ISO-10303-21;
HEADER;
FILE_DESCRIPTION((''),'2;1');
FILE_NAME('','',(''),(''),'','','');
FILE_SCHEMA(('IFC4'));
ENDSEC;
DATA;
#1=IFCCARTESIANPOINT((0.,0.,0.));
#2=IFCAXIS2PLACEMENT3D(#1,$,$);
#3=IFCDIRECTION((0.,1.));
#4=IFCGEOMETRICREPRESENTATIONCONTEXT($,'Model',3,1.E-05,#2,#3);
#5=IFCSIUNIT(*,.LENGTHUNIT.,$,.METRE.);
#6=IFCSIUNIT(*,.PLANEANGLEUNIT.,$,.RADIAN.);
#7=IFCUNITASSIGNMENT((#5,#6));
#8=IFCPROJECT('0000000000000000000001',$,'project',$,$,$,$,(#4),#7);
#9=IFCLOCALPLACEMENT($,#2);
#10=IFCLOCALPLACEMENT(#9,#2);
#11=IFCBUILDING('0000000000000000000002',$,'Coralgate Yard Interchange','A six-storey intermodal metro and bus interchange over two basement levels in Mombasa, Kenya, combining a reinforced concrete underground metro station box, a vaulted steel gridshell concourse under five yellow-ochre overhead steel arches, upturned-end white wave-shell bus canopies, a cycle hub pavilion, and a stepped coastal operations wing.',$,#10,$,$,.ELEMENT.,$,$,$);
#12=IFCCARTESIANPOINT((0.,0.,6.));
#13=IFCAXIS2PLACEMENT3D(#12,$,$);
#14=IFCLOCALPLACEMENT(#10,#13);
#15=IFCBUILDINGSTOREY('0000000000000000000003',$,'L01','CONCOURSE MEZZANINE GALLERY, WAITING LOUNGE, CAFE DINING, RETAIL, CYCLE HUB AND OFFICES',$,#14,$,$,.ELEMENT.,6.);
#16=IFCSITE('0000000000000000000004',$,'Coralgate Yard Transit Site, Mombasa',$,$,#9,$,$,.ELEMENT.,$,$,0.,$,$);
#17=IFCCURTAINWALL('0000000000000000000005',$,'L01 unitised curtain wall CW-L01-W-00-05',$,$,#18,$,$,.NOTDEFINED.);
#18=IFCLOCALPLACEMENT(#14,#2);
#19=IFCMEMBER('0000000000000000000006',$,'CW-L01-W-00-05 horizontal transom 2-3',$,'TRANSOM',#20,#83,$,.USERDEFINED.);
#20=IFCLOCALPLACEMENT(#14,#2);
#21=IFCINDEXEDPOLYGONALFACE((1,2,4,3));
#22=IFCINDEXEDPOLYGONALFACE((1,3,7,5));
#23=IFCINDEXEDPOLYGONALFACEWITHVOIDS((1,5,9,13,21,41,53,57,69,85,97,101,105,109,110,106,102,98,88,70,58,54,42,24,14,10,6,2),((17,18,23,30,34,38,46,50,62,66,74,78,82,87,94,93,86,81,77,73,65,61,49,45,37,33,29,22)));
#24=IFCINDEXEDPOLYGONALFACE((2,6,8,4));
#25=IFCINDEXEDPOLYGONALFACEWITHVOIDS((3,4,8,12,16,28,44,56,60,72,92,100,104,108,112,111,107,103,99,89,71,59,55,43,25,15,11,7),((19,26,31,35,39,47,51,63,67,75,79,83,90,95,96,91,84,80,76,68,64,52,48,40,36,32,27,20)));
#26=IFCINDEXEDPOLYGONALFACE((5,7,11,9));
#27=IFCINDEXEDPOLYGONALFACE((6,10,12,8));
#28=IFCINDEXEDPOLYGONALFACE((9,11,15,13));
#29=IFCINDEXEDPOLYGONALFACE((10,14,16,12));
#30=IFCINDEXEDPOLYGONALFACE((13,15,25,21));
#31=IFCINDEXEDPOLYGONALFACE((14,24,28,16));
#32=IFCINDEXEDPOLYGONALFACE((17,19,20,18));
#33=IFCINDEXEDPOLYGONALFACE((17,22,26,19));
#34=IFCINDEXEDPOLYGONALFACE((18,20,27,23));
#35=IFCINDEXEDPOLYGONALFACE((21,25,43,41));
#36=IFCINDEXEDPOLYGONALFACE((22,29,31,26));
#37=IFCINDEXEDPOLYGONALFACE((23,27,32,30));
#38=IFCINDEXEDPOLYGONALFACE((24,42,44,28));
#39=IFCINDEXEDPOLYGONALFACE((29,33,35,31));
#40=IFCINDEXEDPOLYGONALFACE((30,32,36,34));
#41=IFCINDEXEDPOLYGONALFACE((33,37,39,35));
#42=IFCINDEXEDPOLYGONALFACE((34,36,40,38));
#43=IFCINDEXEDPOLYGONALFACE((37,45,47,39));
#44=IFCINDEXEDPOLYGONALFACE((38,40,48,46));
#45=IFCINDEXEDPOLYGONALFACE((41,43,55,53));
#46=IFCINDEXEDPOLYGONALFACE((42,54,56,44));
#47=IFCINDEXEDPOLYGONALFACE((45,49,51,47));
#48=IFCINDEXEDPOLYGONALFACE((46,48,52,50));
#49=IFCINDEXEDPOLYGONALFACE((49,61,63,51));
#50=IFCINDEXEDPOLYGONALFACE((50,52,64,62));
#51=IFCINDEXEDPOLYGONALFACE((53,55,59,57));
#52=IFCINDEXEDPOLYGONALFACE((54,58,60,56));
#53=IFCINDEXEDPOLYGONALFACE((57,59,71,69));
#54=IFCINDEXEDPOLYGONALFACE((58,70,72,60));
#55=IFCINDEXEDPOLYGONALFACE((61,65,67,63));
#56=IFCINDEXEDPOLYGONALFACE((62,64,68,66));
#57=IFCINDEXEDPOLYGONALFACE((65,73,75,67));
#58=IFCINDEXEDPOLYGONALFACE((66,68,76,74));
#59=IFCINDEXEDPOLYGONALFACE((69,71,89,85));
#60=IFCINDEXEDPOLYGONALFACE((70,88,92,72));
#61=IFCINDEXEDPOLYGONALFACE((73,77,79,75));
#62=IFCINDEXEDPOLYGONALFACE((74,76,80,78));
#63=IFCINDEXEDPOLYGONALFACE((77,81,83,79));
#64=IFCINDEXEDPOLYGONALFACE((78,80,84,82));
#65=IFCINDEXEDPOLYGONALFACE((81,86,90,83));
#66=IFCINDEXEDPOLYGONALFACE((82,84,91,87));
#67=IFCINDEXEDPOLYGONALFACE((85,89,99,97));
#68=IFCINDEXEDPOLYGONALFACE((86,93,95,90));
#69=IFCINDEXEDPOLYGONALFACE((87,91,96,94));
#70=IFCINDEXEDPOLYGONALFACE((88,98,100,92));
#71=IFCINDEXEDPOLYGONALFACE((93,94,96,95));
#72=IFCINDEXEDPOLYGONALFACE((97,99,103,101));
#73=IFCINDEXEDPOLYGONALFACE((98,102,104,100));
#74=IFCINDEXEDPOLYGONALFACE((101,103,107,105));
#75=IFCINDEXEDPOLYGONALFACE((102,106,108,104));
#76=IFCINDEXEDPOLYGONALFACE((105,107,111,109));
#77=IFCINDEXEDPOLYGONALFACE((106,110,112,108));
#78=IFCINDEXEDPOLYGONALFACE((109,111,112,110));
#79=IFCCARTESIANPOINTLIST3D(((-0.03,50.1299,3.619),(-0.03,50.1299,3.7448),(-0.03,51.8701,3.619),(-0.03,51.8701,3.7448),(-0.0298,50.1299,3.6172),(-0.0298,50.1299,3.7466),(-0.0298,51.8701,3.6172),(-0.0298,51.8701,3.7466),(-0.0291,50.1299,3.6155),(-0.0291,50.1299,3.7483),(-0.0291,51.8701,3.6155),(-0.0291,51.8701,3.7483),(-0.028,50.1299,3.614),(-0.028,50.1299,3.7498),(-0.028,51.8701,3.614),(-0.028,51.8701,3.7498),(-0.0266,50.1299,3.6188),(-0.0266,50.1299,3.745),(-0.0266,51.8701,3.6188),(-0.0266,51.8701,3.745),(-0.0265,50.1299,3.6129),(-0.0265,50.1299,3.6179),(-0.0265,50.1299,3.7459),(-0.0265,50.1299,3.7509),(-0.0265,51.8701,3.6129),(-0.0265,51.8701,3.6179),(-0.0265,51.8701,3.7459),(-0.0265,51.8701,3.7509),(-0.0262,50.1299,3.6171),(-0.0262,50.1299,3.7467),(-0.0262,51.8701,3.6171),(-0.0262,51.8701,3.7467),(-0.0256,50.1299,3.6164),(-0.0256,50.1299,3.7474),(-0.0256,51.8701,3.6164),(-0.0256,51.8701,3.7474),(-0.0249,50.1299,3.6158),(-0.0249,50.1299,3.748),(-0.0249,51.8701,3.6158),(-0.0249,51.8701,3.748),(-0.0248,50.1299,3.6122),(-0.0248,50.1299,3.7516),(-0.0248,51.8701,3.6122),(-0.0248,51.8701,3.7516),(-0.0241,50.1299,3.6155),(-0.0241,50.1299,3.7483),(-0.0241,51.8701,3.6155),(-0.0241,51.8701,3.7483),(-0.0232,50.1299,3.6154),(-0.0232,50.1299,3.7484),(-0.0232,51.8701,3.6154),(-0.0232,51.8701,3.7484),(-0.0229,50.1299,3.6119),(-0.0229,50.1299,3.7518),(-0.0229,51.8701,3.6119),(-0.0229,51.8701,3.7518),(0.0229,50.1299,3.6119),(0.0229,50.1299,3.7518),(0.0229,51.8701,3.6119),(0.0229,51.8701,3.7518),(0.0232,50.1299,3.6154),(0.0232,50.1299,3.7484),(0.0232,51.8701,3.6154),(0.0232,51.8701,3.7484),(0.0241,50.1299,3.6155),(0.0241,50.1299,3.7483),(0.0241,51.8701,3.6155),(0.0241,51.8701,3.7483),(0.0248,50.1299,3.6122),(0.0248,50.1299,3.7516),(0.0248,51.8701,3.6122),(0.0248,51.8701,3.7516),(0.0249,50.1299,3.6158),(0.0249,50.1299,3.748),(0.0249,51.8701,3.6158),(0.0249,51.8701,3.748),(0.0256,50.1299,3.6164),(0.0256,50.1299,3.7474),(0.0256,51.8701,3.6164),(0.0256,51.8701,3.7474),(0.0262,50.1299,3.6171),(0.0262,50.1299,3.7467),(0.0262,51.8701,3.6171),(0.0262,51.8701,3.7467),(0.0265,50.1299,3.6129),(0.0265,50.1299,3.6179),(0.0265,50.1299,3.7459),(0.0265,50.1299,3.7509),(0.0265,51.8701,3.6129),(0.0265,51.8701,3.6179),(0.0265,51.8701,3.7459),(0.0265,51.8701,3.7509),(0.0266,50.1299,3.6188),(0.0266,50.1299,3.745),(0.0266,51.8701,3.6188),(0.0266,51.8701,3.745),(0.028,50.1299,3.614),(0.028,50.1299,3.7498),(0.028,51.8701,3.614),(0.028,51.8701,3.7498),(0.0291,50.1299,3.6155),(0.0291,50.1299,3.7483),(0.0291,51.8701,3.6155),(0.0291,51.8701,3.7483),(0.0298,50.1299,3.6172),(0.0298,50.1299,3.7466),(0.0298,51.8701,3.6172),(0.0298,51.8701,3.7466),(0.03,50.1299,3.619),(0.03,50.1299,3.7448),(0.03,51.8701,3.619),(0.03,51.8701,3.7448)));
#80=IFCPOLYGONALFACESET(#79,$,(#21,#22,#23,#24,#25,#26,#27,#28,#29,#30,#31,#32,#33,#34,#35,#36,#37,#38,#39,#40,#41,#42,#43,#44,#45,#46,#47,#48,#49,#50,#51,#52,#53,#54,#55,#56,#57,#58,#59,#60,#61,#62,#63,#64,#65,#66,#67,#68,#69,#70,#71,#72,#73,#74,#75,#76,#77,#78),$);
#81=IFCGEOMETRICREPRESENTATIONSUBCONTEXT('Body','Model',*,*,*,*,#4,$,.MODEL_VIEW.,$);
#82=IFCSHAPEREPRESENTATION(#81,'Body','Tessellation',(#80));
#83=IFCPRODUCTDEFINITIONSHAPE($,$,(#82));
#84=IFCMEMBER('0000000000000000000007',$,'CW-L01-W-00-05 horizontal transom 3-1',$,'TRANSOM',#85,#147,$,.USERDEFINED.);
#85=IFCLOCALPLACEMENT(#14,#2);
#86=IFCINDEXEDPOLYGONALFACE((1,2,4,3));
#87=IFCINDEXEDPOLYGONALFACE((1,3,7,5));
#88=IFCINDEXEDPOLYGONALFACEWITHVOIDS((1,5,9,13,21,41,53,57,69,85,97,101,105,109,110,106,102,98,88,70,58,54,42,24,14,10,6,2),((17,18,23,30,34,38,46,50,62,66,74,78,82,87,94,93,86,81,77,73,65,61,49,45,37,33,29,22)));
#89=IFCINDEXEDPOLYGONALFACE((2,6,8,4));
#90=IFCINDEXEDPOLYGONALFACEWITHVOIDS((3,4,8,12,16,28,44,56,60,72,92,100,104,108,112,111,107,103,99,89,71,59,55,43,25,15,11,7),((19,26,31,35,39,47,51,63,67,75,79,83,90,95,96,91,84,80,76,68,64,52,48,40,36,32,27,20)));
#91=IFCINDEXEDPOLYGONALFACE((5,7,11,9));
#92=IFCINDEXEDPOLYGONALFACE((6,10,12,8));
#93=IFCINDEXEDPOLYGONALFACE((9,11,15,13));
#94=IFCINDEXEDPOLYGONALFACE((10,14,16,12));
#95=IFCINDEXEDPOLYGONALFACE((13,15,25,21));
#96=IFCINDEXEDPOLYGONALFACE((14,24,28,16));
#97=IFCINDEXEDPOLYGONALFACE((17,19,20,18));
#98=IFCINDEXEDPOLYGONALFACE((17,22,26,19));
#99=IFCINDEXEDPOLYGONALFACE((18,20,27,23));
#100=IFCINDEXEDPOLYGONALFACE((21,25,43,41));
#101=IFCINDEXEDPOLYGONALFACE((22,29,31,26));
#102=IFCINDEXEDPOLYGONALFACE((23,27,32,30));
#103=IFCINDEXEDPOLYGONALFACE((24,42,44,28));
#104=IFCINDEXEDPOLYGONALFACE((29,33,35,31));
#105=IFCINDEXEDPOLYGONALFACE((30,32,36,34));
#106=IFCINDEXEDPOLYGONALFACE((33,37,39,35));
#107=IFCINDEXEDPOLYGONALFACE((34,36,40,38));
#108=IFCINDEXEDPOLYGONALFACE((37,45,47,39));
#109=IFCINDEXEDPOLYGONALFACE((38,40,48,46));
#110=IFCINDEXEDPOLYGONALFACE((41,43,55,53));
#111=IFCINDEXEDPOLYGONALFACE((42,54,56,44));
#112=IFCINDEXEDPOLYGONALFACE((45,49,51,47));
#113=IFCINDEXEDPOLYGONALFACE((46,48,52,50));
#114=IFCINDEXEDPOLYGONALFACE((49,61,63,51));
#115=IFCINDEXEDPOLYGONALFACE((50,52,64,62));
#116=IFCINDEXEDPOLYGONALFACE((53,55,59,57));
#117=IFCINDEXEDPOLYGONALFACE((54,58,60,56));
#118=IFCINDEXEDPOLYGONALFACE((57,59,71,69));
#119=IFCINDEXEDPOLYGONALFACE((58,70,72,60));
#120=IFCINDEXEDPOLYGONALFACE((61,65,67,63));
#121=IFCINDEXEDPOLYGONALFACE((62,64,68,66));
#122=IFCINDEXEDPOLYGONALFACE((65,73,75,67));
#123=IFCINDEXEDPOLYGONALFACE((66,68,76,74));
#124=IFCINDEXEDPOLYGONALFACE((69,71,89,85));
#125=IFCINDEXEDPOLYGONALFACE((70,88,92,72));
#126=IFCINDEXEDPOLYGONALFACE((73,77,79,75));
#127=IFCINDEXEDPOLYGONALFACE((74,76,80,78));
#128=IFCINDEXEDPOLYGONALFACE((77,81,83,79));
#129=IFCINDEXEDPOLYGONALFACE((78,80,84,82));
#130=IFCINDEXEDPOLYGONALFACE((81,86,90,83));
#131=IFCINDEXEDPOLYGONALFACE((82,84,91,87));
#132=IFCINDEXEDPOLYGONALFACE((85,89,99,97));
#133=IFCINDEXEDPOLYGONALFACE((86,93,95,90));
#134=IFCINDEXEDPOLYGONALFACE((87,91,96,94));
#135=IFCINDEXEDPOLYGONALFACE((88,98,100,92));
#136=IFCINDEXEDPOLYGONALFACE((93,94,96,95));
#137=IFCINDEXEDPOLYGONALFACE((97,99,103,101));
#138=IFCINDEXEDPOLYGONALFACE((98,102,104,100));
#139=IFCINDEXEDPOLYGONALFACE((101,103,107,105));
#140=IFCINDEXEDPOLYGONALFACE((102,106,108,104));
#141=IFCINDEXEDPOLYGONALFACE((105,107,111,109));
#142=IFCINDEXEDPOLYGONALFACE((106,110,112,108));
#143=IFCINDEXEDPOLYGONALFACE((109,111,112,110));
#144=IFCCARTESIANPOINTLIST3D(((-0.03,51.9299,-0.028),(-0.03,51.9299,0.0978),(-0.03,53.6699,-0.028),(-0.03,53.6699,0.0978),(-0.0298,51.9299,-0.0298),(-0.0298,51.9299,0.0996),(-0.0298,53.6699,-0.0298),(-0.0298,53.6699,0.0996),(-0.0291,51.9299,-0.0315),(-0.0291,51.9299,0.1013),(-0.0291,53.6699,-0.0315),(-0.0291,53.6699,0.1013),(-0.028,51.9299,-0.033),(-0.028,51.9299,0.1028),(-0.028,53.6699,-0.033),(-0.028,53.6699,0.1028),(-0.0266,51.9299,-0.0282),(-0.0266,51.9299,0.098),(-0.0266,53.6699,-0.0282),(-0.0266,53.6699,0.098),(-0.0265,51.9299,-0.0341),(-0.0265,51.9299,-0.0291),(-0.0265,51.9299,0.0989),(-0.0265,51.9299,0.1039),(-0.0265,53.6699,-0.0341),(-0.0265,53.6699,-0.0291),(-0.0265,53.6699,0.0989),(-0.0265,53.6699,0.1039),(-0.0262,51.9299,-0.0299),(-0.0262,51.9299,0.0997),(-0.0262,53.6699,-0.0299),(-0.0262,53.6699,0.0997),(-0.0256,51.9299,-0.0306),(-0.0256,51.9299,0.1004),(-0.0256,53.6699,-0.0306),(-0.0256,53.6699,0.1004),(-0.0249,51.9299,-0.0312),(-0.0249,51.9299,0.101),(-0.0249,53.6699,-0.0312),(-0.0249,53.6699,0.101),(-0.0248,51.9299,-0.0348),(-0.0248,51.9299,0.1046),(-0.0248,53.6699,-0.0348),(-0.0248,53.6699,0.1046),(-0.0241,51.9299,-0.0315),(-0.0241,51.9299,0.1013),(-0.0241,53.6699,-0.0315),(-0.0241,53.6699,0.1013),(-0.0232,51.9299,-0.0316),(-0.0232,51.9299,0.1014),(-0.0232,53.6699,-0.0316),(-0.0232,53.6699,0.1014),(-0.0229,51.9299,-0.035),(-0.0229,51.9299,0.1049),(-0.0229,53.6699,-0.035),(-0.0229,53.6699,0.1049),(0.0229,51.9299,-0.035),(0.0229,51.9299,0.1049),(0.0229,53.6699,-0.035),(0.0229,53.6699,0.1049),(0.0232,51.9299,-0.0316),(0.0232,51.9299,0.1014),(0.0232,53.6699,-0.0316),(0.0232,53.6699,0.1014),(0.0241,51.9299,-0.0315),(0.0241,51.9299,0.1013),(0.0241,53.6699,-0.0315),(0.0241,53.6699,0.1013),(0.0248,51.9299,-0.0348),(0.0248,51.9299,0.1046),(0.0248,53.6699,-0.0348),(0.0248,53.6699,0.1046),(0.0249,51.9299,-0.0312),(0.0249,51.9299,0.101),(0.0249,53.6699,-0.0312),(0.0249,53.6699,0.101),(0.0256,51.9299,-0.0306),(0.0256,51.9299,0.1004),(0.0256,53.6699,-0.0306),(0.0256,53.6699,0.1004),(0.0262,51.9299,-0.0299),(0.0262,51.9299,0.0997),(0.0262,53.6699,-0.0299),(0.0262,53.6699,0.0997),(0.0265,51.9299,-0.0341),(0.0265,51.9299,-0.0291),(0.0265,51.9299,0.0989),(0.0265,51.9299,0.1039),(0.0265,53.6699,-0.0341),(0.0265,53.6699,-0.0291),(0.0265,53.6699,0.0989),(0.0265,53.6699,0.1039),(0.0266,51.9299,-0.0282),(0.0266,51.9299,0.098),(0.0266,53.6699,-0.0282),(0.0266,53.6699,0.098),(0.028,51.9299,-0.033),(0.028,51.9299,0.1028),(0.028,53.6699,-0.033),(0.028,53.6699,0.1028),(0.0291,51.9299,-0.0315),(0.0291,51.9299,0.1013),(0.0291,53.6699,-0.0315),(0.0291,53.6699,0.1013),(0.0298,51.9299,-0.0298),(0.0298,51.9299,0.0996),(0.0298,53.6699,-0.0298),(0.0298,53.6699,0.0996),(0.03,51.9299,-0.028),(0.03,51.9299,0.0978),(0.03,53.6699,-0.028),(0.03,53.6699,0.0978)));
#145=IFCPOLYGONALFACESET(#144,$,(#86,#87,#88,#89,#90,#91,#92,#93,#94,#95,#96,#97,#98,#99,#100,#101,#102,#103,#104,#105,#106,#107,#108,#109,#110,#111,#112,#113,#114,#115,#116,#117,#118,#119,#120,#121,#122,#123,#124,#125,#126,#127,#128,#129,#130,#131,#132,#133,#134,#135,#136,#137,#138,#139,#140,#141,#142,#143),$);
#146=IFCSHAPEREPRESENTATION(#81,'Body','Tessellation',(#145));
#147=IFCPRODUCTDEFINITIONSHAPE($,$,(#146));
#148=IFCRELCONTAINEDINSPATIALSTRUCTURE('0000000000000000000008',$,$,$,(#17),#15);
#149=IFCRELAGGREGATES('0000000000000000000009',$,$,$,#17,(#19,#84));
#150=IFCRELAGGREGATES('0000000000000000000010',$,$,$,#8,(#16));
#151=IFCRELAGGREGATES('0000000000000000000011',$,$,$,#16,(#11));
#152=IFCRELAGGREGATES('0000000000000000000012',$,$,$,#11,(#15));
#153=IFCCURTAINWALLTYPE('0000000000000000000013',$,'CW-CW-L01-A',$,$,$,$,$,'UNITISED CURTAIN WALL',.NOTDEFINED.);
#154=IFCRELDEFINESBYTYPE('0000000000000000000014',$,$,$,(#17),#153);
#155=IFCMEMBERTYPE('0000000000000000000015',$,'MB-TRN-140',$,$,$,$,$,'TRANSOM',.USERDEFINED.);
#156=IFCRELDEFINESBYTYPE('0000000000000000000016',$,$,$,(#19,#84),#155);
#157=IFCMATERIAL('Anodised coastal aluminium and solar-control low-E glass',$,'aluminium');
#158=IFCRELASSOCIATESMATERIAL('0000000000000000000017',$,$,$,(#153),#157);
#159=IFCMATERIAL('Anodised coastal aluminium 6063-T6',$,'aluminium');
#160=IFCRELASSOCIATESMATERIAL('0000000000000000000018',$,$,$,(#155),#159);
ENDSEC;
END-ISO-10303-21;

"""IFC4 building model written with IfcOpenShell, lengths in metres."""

from ifc_helpers import new_model, si_unit, direction, frame, origin, origin_2d, place, context, subcontext, project, spatial, hollow_rectangle, extrude, material, material_profile, profile_set, type_object, element, aggregate, save


model = new_model("IFC4")

# Units and contexts
model_context = context("Model", 3, precision=1e-05, world=origin(), true_north=direction((0.0, 1.0)))
body_context = subcontext(model_context, "Body", "Model", "MODEL_VIEW")
ifc_project = project(units=[si_unit("LENGTHUNIT", "METRE"), si_unit("PLANEANGLEUNIT", "RADIAN")], contexts=[model_context])

# Site, building, storey
site_placement = place(None, origin())
site = spatial("IfcSite", under=ifc_project, at=site_placement, Name="Coralgate Yard Transit Site, Mombasa", CompositionType="ELEMENT", RefElevation=0.0)
building_placement = place(site_placement, origin())
building = spatial("IfcBuilding", under=site, at=building_placement, Name="Coralgate Yard Interchange", Description="A six-storey intermodal metro and bus interchange over two basement levels in Mombasa, Kenya, combining a reinforced concrete underground metro station box, a vaulted steel gridshell concourse under five yellow-ochre overhead steel arches, upturned-end white wave-shell bus canopies, a cycle hub pavilion, and a stepped coastal operations wing.", CompositionType="ELEMENT")
storey_placement = place(building_placement, frame((0.0, 0.0, 6.0)))
storey = spatial("IfcBuildingStorey", under=building, at=storey_placement, Name="L01", Description="CONCOURSE MEZZANINE GALLERY, WAITING LOUNGE, CAFE DINING, RETAIL, CYCLE HUB AND OFFICES", CompositionType="ELEMENT", Elevation=6.0)

# Curtain wall, members
ifc_material_1 = material(Name="Anodised coastal aluminium and solar-control low-E glass", Category="aluminium")
curtain_wall_type = type_object("IfcCurtainWallType", Name="CW-CW-L01-A", ElementType="UNITISED CURTAIN WALL", PredefinedType="NOTDEFINED", material=ifc_material_1)
curtain_wall_placement = place(storey_placement, origin())
curtain_wall = element("IfcCurtainWall", 1, at=curtain_wall_placement, inside=storey, type_object=curtain_wall_type, Name="L01 unitised curtain wall CW-L01-W-00-05", PredefinedType="NOTDEFINED")
ifc_material_2 = material(Name="Anodised coastal aluminium 6063-T6", Category="aluminium")
ifc_material_profile_1 = material_profile(ifc_material_2, hollow_rectangle(XDim=0.0601, YDim=0.1399, WallThickness=0.0034, InnerFilletRadius=0.0034, OuterFilletRadius=0.0071, at=origin_2d()), Name="ALU 60x140x3.5")
ifc_profile_set_1 = profile_set([ifc_material_profile_1], Name="Anodised coastal aluminium 6063-T6")
member_type_1 = type_object("IfcMemberType", Name="MB-TRN-140", ElementType="TRANSOM", PredefinedType="USERDEFINED", material=ifc_profile_set_1)
member_1_placement = place(storey_placement, frame((0.0, 50.1299, 3.6819), z_axis=(0.0, 1.0, 0.0), x_axis=(-1.0, 0.0, 0.0)))
member_1 = element("IfcMember", 2, at=member_1_placement, type_object=member_type_1, Name="CW-L01-W-00-05 horizontal transom 2-3", ObjectType="TRANSOM", PredefinedType="USERDEFINED", context=body_context, shape_type="SweptSolid", body=[
    extrude(hollow_rectangle(XDim=0.0601, YDim=0.1399, WallThickness=0.0034, InnerFilletRadius=0.0034, OuterFilletRadius=0.0071, at=origin_2d()), origin(), (0.0, 0.0, 1.0), 1.7402),
])
member_2_placement = place(storey_placement, frame((0.0, 51.9299, 0.0349), z_axis=(0.0, 1.0, 0.0), x_axis=(-1.0, 0.0, 0.0)))
member_2 = element("IfcMember", 3, at=member_2_placement, type_object=member_type_1, Name="CW-L01-W-00-05 horizontal transom 3-1", ObjectType="TRANSOM", PredefinedType="USERDEFINED", context=body_context, shape_type="SweptSolid", body=[
    extrude(hollow_rectangle(XDim=0.0601, YDim=0.1399, WallThickness=0.0034, InnerFilletRadius=0.0034, OuterFilletRadius=0.0071, at=origin_2d()), origin(), (0.0, 0.0, 1.0), 1.74),
])
aggregate(curtain_wall, [member_1, member_2])

save(model, "model.ifc")
